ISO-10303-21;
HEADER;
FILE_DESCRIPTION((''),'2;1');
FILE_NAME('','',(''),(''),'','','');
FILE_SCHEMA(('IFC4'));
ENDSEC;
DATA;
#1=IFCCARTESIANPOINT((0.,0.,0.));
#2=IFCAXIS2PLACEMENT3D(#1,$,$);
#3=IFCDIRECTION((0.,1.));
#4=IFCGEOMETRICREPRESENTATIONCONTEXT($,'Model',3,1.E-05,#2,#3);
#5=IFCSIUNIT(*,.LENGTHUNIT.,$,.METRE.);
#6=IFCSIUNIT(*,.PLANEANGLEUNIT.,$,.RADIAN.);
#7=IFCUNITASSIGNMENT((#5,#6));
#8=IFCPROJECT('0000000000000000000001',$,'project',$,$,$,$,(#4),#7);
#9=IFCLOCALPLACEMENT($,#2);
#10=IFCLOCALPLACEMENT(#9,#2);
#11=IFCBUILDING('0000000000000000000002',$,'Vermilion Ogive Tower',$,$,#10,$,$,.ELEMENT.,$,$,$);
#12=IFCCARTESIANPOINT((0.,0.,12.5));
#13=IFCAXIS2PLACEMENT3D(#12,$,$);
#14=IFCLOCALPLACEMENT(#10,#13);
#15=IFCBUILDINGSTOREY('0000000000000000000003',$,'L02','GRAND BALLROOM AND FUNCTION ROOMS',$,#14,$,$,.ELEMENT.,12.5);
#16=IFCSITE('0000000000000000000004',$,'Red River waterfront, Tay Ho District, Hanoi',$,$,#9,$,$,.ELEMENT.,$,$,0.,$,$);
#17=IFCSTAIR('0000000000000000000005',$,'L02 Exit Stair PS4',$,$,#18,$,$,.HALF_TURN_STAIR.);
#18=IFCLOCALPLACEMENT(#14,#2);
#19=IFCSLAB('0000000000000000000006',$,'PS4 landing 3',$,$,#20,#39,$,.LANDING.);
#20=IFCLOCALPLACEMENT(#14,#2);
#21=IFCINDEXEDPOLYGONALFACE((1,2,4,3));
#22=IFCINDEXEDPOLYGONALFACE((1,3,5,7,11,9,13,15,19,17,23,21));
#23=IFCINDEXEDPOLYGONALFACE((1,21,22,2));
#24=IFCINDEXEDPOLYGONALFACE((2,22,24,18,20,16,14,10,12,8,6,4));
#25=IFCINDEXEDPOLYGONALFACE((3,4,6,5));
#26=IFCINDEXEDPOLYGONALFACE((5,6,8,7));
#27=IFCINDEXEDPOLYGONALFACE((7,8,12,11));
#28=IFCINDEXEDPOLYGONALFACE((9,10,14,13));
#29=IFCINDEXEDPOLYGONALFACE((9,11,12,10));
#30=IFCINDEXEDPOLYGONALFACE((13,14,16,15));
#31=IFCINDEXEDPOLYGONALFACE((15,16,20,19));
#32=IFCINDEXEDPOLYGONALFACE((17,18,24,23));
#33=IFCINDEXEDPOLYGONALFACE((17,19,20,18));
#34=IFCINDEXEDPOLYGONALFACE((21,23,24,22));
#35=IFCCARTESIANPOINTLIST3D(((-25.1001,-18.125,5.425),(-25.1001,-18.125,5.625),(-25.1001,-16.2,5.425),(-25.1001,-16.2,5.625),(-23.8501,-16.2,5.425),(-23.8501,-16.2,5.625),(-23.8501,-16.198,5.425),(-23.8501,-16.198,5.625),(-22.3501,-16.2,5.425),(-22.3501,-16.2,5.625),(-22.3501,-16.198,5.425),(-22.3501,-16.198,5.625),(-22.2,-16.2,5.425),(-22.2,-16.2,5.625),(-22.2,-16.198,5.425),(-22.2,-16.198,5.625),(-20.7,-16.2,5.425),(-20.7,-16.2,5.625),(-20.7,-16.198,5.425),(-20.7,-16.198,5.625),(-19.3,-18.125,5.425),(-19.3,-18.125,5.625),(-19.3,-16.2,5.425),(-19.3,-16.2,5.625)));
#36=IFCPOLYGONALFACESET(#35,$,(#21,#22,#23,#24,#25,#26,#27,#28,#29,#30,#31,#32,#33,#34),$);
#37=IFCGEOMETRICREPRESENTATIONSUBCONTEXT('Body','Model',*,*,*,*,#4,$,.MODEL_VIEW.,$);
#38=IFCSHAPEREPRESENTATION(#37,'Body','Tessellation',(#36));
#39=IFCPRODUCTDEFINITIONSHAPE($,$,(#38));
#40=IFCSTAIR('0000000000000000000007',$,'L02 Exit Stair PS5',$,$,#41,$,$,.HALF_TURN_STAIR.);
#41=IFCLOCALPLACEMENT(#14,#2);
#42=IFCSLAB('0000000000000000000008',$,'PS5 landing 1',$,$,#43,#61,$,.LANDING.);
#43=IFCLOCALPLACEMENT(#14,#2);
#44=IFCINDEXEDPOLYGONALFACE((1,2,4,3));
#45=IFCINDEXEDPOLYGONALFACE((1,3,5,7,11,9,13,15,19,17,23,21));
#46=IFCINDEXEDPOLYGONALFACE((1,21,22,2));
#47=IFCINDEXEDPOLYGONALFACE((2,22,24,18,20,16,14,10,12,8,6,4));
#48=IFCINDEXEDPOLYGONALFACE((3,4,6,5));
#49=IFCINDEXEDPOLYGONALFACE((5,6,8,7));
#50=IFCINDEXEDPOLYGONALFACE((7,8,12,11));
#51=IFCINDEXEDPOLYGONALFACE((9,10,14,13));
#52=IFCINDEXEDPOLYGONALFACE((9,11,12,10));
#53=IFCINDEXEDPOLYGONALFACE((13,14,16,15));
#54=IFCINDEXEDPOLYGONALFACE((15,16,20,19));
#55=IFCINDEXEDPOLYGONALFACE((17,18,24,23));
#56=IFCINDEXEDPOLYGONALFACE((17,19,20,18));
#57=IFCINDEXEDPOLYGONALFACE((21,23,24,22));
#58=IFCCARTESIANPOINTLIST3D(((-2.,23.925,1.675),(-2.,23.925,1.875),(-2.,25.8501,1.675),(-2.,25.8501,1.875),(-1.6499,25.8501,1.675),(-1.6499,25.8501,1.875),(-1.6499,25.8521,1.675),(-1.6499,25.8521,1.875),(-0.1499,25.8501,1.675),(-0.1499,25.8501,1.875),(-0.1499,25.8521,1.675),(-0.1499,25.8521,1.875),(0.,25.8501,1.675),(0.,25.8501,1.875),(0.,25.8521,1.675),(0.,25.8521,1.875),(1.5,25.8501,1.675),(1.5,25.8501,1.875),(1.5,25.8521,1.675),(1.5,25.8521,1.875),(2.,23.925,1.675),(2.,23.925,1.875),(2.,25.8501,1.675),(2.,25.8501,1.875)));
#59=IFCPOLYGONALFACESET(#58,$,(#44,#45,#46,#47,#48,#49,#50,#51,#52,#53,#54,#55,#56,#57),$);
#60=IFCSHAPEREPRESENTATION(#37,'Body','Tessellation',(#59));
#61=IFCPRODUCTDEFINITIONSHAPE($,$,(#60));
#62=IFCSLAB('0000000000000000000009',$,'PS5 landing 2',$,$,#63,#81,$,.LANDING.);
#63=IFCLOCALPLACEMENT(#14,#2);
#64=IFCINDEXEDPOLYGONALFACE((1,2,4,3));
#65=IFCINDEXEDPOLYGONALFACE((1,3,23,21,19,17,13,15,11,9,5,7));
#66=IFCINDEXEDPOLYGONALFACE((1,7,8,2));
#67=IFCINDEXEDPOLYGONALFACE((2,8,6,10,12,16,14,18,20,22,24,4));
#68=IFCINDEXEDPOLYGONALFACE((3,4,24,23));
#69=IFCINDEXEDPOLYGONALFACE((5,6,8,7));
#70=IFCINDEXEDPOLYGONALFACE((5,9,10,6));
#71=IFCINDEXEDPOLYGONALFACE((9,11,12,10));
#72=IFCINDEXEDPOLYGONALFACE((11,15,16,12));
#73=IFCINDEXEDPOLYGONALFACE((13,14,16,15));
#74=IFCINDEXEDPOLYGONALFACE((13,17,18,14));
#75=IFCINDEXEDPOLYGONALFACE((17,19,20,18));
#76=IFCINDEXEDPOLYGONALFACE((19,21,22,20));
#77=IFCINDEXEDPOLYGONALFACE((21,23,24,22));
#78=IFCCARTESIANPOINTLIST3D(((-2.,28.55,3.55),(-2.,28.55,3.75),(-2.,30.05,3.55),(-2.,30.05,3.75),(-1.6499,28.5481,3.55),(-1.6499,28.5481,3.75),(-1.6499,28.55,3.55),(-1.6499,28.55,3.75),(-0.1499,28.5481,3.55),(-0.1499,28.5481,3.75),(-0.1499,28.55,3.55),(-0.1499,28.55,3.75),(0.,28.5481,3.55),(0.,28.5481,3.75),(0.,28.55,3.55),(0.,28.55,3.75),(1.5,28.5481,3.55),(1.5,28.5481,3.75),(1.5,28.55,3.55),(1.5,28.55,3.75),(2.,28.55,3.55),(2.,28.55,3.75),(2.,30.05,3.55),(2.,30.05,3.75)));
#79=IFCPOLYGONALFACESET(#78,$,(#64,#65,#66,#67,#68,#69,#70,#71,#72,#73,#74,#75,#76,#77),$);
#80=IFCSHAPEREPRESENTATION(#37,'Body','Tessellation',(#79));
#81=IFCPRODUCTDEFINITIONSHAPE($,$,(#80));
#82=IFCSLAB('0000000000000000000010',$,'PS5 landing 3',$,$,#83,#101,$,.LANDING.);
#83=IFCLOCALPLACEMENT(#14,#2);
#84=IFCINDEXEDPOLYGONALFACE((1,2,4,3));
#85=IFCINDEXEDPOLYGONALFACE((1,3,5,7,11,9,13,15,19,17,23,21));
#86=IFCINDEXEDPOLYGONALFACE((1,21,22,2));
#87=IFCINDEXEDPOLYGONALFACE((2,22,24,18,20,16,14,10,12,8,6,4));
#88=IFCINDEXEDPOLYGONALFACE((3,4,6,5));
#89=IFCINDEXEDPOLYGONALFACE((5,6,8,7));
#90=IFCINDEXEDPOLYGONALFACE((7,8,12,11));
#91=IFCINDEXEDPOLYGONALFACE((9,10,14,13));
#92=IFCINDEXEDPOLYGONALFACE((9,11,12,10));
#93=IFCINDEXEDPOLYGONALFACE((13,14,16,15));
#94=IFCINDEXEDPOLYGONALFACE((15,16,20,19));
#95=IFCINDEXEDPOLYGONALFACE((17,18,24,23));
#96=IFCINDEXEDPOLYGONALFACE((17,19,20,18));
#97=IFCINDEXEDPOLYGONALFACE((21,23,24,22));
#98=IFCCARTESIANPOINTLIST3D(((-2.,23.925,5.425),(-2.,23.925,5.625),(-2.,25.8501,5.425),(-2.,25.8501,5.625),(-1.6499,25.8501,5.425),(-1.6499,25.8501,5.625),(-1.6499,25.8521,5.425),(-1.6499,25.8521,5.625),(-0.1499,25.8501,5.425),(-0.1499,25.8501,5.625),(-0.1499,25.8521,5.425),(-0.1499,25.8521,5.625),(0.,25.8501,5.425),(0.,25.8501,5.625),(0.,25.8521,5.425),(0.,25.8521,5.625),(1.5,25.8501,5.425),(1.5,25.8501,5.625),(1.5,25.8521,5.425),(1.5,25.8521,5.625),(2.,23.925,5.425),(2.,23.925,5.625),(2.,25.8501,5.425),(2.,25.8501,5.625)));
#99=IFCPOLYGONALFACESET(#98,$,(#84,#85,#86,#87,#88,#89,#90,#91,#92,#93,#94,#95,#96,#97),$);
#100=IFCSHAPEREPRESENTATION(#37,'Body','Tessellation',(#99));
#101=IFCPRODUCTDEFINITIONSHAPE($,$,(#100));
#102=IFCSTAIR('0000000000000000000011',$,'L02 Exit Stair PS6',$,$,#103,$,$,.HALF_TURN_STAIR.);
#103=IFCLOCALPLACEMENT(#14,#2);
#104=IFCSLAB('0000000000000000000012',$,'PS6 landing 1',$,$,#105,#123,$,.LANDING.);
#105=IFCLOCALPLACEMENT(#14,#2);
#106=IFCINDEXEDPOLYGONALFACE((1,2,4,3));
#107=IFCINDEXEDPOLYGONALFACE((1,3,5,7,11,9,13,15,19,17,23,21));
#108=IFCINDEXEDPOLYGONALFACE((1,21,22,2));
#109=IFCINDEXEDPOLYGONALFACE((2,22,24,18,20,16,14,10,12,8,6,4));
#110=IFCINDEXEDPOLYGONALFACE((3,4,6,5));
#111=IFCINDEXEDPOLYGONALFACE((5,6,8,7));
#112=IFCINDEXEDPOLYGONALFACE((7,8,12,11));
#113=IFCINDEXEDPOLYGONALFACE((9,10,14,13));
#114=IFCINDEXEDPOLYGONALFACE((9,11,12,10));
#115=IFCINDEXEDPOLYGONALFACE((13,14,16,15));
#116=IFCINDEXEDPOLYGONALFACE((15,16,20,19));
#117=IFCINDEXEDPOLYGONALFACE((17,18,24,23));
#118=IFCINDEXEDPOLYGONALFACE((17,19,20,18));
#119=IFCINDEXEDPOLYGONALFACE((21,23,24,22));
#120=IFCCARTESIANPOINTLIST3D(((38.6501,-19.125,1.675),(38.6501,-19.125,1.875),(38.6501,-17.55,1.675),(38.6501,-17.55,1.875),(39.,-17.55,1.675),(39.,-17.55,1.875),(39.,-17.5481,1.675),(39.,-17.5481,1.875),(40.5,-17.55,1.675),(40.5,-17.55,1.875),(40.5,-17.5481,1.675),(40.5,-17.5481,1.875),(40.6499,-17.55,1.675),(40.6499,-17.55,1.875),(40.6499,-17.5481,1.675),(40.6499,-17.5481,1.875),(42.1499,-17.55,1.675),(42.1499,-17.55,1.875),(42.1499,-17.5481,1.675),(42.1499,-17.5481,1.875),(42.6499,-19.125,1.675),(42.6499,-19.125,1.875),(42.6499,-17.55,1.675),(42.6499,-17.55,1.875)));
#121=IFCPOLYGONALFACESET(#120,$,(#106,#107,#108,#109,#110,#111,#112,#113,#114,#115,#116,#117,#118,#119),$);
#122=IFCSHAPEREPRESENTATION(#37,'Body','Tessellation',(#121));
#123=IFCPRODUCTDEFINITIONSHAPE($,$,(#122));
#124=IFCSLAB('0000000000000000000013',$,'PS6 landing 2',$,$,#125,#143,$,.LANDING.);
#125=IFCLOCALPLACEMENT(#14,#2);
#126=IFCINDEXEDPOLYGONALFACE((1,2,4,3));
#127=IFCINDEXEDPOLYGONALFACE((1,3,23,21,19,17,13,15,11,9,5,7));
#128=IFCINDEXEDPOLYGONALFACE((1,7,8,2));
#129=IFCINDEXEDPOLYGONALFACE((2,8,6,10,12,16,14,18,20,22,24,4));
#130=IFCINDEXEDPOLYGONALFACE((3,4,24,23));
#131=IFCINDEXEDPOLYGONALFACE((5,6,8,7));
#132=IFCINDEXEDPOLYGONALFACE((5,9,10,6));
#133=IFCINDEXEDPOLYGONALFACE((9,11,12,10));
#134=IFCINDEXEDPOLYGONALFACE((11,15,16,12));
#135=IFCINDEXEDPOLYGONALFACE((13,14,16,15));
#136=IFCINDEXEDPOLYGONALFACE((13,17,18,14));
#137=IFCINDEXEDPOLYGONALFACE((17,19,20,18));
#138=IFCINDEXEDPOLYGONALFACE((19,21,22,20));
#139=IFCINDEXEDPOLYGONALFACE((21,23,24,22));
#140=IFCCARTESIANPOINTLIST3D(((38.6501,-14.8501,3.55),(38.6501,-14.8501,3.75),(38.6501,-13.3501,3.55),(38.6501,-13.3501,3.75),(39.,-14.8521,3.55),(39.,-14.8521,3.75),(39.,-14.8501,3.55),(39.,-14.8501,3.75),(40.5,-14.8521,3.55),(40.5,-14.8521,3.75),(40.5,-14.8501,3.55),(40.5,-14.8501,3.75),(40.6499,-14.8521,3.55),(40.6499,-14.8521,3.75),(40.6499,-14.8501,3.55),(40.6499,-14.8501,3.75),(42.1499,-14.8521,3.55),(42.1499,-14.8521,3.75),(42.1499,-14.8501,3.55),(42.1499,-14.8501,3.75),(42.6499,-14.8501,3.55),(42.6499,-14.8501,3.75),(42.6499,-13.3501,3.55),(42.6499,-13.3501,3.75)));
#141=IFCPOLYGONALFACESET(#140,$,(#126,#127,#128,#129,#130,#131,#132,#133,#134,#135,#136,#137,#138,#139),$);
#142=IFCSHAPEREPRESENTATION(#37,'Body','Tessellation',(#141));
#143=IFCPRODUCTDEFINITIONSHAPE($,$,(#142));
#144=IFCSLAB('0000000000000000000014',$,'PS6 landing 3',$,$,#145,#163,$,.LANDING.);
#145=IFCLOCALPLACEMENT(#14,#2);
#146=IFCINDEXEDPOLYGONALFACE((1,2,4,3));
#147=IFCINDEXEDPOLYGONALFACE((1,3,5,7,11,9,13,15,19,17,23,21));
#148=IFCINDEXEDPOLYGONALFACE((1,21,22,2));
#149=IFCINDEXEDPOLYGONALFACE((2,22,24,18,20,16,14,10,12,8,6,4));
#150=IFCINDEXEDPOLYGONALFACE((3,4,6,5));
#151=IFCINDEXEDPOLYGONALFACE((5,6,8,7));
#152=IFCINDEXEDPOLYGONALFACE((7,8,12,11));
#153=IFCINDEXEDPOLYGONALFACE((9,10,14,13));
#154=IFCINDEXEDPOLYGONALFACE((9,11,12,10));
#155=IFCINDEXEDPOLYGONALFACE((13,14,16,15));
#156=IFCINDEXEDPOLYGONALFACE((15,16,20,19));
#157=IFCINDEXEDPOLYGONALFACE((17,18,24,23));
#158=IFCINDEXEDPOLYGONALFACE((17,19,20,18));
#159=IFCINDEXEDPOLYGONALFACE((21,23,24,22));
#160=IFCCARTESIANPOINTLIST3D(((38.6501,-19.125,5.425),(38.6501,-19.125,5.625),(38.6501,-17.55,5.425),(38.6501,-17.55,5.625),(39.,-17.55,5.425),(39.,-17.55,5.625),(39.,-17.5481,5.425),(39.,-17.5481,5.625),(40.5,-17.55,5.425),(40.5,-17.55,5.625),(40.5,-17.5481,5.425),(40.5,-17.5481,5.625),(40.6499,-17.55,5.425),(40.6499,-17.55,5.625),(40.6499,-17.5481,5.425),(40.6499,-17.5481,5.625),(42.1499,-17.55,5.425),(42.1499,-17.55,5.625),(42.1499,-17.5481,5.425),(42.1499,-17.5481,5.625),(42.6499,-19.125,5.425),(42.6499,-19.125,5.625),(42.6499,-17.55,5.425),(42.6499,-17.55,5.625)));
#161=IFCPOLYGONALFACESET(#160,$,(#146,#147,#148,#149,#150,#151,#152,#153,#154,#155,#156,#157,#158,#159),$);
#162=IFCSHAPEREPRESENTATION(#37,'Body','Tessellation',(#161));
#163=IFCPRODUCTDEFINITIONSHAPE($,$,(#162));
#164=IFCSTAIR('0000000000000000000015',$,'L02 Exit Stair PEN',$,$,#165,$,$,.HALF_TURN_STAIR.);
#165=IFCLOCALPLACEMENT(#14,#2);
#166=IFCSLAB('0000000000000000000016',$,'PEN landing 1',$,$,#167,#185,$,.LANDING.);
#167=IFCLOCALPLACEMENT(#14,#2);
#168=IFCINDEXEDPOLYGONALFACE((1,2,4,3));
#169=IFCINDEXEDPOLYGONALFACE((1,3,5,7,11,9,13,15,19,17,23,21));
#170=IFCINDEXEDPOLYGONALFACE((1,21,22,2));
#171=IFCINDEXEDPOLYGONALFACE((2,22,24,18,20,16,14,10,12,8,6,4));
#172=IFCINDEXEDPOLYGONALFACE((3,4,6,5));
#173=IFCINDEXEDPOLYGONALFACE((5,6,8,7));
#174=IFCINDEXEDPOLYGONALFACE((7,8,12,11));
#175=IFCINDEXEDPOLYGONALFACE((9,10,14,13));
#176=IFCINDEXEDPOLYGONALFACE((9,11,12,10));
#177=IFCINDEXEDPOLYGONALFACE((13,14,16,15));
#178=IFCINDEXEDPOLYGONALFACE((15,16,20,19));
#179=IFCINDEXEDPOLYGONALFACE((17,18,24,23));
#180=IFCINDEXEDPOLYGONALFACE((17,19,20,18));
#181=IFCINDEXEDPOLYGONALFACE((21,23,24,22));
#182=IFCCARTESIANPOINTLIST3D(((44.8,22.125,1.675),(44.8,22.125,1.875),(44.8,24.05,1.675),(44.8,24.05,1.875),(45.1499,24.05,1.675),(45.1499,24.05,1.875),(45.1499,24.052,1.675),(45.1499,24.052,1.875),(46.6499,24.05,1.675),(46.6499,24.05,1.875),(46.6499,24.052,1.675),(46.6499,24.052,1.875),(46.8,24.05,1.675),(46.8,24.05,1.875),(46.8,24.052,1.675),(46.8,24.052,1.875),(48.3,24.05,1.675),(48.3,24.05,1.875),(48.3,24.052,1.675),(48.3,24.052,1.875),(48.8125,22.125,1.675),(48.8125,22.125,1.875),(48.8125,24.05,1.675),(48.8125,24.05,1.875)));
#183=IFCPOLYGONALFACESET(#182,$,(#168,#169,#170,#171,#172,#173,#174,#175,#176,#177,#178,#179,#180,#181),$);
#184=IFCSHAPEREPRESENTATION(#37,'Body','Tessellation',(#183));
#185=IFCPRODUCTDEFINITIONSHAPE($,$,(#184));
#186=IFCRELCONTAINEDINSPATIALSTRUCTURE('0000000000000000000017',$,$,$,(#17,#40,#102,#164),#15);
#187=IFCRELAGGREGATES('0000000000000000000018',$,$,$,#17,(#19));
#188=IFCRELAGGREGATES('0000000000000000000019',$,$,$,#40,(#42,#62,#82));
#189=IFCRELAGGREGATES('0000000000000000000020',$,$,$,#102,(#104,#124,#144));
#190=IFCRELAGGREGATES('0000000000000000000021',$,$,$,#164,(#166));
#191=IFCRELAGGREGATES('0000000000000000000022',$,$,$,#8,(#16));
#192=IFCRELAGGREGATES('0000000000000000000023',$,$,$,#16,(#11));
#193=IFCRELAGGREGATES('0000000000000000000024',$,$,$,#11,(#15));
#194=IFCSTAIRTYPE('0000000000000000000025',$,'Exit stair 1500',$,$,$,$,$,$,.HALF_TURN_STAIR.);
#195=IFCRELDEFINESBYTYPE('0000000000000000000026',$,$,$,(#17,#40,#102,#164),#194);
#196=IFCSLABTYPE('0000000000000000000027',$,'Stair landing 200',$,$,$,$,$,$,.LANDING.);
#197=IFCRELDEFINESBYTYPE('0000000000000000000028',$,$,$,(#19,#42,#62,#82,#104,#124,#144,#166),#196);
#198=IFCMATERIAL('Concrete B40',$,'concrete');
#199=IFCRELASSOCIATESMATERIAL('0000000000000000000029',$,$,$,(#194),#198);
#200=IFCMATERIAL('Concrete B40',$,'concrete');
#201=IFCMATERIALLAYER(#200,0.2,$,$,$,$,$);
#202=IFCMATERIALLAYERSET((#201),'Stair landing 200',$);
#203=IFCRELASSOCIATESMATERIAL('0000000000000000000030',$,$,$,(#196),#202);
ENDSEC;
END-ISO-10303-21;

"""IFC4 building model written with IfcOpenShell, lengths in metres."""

from ifc_helpers import new_model, si_unit, direction, frame, origin, place, context, subcontext, project, spatial, polyline, outline, extrude, material, layer, layer_set, type_object, element, aggregate, save


model = new_model("IFC4")

# Units and contexts
model_context = context("Model", 3, precision=1e-05, world=origin(), true_north=direction((0.0, 1.0)))
body_context = subcontext(model_context, "Body", "Model", "MODEL_VIEW")
ifc_project = project(units=[si_unit("LENGTHUNIT", "METRE"), si_unit("PLANEANGLEUNIT", "RADIAN")], contexts=[model_context])

# Site, building, storey
site_placement = place(None, origin())
site = spatial("IfcSite", under=ifc_project, at=site_placement, Name="Red River waterfront, Tay Ho District, Hanoi", CompositionType="ELEMENT", RefElevation=0.0)
building_placement = place(site_placement, origin())
building = spatial("IfcBuilding", under=site, at=building_placement, Name="Vermilion Ogive Tower", CompositionType="ELEMENT")
storey_placement = place(building_placement, frame((0.0, 0.0, 12.5)))
storey = spatial("IfcBuildingStorey", under=building, at=storey_placement, Name="L02", Description="GRAND BALLROOM AND FUNCTION ROOMS", CompositionType="ELEMENT", Elevation=12.5)

# Stairs, slabs
ifc_material_1 = material(Name="Concrete B40", Category="concrete")
stair_type = type_object("IfcStairType", Name="Exit stair 1500", PredefinedType="HALF_TURN_STAIR", material=ifc_material_1)
ifc_material_2 = material(Name="Concrete B40", Category="concrete")
ifc_layer = layer(ifc_material_2, 0.2)
ifc_layer_set = layer_set([ifc_layer], Name="Stair landing 200")
slab_type = type_object("IfcSlabType", Name="Stair landing 200", PredefinedType="LANDING", material=ifc_layer_set)
stair_1_placement = place(storey_placement, origin())
stair_1 = element("IfcStair", 1, at=stair_1_placement, inside=storey, type_object=stair_type, Name="L02 Exit Stair PS4", PredefinedType="HALF_TURN_STAIR")
slab_1_placement = place(storey_placement, frame((0.0, 0.0, 5.425)))
slab_1 = element("IfcSlab", 2, at=slab_1_placement, type_object=slab_type, Name="PS4 landing 3", PredefinedType="LANDING", context=body_context, shape_type="SweptSolid", body=[
    extrude(outline(polyline([(-19.3, -16.2), (-20.7, -16.2), (-20.7, -16.198), (-22.2, -16.198), (-22.2, -16.2), (-22.3501, -16.2), (-22.3501, -16.198), (-23.8501, -16.198), (-23.8501, -16.2), (-25.1001, -16.2), (-25.1001, -18.125), (-19.3, -18.125), (-19.3, -16.2)])), origin(), (0.0, 0.0, 1.0), 0.2),
])
aggregate(stair_1, [slab_1])
stair_2_placement = place(storey_placement, origin())
stair_2 = element("IfcStair", 3, at=stair_2_placement, inside=storey, type_object=stair_type, Name="L02 Exit Stair PS5", PredefinedType="HALF_TURN_STAIR")
slab_2_placement = place(storey_placement, frame((0.0, 0.0, 1.675)))
slab_2 = element("IfcSlab", 4, at=slab_2_placement, type_object=slab_type, Name="PS5 landing 1", PredefinedType="LANDING", context=body_context, shape_type="SweptSolid", body=[
    extrude(outline(polyline([(2.0, 25.8501), (1.5, 25.8501), (1.5, 25.8521), (0.0, 25.8521), (0.0, 25.8501), (-0.1499, 25.8501), (-0.1499, 25.8521), (-1.6499, 25.8521), (-1.6499, 25.8501), (-2.0, 25.8501), (-2.0, 23.925), (2.0, 23.925), (2.0, 25.8501)])), origin(), (0.0, 0.0, 1.0), 0.2),
])
slab_3_placement = place(storey_placement, frame((0.0, 0.0, 3.55)))
slab_3 = element("IfcSlab", 5, at=slab_3_placement, type_object=slab_type, Name="PS5 landing 2", PredefinedType="LANDING", context=body_context, shape_type="SweptSolid", body=[
    extrude(outline(polyline([(-2.0, 28.55), (-1.6499, 28.55), (-1.6499, 28.5481), (-0.1499, 28.5481), (-0.1499, 28.55), (0.0, 28.55), (0.0, 28.5481), (1.5, 28.5481), (1.5, 28.55), (2.0, 28.55), (2.0, 30.05), (-2.0, 30.05), (-2.0, 28.55)])), origin(), (0.0, 0.0, 1.0), 0.2),
])
slab_4_placement = place(storey_placement, frame((0.0, 0.0, 5.425)))
slab_4 = element("IfcSlab", 6, at=slab_4_placement, type_object=slab_type, Name="PS5 landing 3", PredefinedType="LANDING", context=body_context, shape_type="SweptSolid", body=[
    extrude(outline(polyline([(2.0, 25.8501), (1.5, 25.8501), (1.5, 25.8521), (0.0, 25.8521), (0.0, 25.8501), (-0.1499, 25.8501), (-0.1499, 25.8521), (-1.6499, 25.8521), (-1.6499, 25.8501), (-2.0, 25.8501), (-2.0, 23.925), (2.0, 23.925), (2.0, 25.8501)])), origin(), (0.0, 0.0, 1.0), 0.2),
])
aggregate(stair_2, [slab_2, slab_3, slab_4])
stair_3_placement = place(storey_placement, origin())
stair_3 = element("IfcStair", 7, at=stair_3_placement, inside=storey, type_object=stair_type, Name="L02 Exit Stair PS6", PredefinedType="HALF_TURN_STAIR")
slab_5_placement = place(storey_placement, frame((0.0, 0.0, 1.675)))
slab_5 = element("IfcSlab", 8, at=slab_5_placement, type_object=slab_type, Name="PS6 landing 1", PredefinedType="LANDING", context=body_context, shape_type="SweptSolid", body=[
    extrude(outline(polyline([(42.6499, -17.55), (42.1499, -17.55), (42.1499, -17.5481), (40.6499, -17.5481), (40.6499, -17.55), (40.5, -17.55), (40.5, -17.5481), (39.0, -17.5481), (39.0, -17.55), (38.6501, -17.55), (38.6501, -19.125), (42.6499, -19.125), (42.6499, -17.55)])), origin(), (0.0, 0.0, 1.0), 0.2),
])
slab_6_placement = place(storey_placement, frame((0.0, 0.0, 3.55)))
slab_6 = element("IfcSlab", 9, at=slab_6_placement, type_object=slab_type, Name="PS6 landing 2", PredefinedType="LANDING", context=body_context, shape_type="SweptSolid", body=[
    extrude(outline(polyline([(38.6501, -14.8501), (39.0, -14.8501), (39.0, -14.8521), (40.5, -14.8521), (40.5, -14.8501), (40.6499, -14.8501), (40.6499, -14.8521), (42.1499, -14.8521), (42.1499, -14.8501), (42.6499, -14.8501), (42.6499, -13.3501), (38.6501, -13.3501), (38.6501, -14.8501)])), origin(), (0.0, 0.0, 1.0), 0.2),
])
slab_7_placement = place(storey_placement, frame((0.0, 0.0, 5.425)))
slab_7 = element("IfcSlab", 10, at=slab_7_placement, type_object=slab_type, Name="PS6 landing 3", PredefinedType="LANDING", context=body_context, shape_type="SweptSolid", body=[
    extrude(outline(polyline([(42.6499, -17.55), (42.1499, -17.55), (42.1499, -17.5481), (40.6499, -17.5481), (40.6499, -17.55), (40.5, -17.55), (40.5, -17.5481), (39.0, -17.5481), (39.0, -17.55), (38.6501, -17.55), (38.6501, -19.125), (42.6499, -19.125), (42.6499, -17.55)])), origin(), (0.0, 0.0, 1.0), 0.2),
])
aggregate(stair_3, [slab_5, slab_6, slab_7])
stair_4_placement = place(storey_placement, origin())
stair_4 = element("IfcStair", 11, at=stair_4_placement, inside=storey, type_object=stair_type, Name="L02 Exit Stair PEN", PredefinedType="HALF_TURN_STAIR")
slab_8_placement = place(storey_placement, frame((0.0, 0.0, 1.675)))
slab_8 = element("IfcSlab", 12, at=slab_8_placement, type_object=slab_type, Name="PEN landing 1", PredefinedType="LANDING", context=body_context, shape_type="SweptSolid", body=[
    extrude(outline(polyline([(48.8125, 24.05), (48.3, 24.05), (48.3, 24.052), (46.8, 24.052), (46.8, 24.05), (46.6499, 24.05), (46.6499, 24.052), (45.1499, 24.052), (45.1499, 24.05), (44.8, 24.05), (44.8, 22.125), (48.8125, 22.125), (48.8125, 24.05)])), origin(), (0.0, 0.0, 1.0), 0.2),
])
aggregate(stair_4, [slab_8])

save(model, "model.ifc")
